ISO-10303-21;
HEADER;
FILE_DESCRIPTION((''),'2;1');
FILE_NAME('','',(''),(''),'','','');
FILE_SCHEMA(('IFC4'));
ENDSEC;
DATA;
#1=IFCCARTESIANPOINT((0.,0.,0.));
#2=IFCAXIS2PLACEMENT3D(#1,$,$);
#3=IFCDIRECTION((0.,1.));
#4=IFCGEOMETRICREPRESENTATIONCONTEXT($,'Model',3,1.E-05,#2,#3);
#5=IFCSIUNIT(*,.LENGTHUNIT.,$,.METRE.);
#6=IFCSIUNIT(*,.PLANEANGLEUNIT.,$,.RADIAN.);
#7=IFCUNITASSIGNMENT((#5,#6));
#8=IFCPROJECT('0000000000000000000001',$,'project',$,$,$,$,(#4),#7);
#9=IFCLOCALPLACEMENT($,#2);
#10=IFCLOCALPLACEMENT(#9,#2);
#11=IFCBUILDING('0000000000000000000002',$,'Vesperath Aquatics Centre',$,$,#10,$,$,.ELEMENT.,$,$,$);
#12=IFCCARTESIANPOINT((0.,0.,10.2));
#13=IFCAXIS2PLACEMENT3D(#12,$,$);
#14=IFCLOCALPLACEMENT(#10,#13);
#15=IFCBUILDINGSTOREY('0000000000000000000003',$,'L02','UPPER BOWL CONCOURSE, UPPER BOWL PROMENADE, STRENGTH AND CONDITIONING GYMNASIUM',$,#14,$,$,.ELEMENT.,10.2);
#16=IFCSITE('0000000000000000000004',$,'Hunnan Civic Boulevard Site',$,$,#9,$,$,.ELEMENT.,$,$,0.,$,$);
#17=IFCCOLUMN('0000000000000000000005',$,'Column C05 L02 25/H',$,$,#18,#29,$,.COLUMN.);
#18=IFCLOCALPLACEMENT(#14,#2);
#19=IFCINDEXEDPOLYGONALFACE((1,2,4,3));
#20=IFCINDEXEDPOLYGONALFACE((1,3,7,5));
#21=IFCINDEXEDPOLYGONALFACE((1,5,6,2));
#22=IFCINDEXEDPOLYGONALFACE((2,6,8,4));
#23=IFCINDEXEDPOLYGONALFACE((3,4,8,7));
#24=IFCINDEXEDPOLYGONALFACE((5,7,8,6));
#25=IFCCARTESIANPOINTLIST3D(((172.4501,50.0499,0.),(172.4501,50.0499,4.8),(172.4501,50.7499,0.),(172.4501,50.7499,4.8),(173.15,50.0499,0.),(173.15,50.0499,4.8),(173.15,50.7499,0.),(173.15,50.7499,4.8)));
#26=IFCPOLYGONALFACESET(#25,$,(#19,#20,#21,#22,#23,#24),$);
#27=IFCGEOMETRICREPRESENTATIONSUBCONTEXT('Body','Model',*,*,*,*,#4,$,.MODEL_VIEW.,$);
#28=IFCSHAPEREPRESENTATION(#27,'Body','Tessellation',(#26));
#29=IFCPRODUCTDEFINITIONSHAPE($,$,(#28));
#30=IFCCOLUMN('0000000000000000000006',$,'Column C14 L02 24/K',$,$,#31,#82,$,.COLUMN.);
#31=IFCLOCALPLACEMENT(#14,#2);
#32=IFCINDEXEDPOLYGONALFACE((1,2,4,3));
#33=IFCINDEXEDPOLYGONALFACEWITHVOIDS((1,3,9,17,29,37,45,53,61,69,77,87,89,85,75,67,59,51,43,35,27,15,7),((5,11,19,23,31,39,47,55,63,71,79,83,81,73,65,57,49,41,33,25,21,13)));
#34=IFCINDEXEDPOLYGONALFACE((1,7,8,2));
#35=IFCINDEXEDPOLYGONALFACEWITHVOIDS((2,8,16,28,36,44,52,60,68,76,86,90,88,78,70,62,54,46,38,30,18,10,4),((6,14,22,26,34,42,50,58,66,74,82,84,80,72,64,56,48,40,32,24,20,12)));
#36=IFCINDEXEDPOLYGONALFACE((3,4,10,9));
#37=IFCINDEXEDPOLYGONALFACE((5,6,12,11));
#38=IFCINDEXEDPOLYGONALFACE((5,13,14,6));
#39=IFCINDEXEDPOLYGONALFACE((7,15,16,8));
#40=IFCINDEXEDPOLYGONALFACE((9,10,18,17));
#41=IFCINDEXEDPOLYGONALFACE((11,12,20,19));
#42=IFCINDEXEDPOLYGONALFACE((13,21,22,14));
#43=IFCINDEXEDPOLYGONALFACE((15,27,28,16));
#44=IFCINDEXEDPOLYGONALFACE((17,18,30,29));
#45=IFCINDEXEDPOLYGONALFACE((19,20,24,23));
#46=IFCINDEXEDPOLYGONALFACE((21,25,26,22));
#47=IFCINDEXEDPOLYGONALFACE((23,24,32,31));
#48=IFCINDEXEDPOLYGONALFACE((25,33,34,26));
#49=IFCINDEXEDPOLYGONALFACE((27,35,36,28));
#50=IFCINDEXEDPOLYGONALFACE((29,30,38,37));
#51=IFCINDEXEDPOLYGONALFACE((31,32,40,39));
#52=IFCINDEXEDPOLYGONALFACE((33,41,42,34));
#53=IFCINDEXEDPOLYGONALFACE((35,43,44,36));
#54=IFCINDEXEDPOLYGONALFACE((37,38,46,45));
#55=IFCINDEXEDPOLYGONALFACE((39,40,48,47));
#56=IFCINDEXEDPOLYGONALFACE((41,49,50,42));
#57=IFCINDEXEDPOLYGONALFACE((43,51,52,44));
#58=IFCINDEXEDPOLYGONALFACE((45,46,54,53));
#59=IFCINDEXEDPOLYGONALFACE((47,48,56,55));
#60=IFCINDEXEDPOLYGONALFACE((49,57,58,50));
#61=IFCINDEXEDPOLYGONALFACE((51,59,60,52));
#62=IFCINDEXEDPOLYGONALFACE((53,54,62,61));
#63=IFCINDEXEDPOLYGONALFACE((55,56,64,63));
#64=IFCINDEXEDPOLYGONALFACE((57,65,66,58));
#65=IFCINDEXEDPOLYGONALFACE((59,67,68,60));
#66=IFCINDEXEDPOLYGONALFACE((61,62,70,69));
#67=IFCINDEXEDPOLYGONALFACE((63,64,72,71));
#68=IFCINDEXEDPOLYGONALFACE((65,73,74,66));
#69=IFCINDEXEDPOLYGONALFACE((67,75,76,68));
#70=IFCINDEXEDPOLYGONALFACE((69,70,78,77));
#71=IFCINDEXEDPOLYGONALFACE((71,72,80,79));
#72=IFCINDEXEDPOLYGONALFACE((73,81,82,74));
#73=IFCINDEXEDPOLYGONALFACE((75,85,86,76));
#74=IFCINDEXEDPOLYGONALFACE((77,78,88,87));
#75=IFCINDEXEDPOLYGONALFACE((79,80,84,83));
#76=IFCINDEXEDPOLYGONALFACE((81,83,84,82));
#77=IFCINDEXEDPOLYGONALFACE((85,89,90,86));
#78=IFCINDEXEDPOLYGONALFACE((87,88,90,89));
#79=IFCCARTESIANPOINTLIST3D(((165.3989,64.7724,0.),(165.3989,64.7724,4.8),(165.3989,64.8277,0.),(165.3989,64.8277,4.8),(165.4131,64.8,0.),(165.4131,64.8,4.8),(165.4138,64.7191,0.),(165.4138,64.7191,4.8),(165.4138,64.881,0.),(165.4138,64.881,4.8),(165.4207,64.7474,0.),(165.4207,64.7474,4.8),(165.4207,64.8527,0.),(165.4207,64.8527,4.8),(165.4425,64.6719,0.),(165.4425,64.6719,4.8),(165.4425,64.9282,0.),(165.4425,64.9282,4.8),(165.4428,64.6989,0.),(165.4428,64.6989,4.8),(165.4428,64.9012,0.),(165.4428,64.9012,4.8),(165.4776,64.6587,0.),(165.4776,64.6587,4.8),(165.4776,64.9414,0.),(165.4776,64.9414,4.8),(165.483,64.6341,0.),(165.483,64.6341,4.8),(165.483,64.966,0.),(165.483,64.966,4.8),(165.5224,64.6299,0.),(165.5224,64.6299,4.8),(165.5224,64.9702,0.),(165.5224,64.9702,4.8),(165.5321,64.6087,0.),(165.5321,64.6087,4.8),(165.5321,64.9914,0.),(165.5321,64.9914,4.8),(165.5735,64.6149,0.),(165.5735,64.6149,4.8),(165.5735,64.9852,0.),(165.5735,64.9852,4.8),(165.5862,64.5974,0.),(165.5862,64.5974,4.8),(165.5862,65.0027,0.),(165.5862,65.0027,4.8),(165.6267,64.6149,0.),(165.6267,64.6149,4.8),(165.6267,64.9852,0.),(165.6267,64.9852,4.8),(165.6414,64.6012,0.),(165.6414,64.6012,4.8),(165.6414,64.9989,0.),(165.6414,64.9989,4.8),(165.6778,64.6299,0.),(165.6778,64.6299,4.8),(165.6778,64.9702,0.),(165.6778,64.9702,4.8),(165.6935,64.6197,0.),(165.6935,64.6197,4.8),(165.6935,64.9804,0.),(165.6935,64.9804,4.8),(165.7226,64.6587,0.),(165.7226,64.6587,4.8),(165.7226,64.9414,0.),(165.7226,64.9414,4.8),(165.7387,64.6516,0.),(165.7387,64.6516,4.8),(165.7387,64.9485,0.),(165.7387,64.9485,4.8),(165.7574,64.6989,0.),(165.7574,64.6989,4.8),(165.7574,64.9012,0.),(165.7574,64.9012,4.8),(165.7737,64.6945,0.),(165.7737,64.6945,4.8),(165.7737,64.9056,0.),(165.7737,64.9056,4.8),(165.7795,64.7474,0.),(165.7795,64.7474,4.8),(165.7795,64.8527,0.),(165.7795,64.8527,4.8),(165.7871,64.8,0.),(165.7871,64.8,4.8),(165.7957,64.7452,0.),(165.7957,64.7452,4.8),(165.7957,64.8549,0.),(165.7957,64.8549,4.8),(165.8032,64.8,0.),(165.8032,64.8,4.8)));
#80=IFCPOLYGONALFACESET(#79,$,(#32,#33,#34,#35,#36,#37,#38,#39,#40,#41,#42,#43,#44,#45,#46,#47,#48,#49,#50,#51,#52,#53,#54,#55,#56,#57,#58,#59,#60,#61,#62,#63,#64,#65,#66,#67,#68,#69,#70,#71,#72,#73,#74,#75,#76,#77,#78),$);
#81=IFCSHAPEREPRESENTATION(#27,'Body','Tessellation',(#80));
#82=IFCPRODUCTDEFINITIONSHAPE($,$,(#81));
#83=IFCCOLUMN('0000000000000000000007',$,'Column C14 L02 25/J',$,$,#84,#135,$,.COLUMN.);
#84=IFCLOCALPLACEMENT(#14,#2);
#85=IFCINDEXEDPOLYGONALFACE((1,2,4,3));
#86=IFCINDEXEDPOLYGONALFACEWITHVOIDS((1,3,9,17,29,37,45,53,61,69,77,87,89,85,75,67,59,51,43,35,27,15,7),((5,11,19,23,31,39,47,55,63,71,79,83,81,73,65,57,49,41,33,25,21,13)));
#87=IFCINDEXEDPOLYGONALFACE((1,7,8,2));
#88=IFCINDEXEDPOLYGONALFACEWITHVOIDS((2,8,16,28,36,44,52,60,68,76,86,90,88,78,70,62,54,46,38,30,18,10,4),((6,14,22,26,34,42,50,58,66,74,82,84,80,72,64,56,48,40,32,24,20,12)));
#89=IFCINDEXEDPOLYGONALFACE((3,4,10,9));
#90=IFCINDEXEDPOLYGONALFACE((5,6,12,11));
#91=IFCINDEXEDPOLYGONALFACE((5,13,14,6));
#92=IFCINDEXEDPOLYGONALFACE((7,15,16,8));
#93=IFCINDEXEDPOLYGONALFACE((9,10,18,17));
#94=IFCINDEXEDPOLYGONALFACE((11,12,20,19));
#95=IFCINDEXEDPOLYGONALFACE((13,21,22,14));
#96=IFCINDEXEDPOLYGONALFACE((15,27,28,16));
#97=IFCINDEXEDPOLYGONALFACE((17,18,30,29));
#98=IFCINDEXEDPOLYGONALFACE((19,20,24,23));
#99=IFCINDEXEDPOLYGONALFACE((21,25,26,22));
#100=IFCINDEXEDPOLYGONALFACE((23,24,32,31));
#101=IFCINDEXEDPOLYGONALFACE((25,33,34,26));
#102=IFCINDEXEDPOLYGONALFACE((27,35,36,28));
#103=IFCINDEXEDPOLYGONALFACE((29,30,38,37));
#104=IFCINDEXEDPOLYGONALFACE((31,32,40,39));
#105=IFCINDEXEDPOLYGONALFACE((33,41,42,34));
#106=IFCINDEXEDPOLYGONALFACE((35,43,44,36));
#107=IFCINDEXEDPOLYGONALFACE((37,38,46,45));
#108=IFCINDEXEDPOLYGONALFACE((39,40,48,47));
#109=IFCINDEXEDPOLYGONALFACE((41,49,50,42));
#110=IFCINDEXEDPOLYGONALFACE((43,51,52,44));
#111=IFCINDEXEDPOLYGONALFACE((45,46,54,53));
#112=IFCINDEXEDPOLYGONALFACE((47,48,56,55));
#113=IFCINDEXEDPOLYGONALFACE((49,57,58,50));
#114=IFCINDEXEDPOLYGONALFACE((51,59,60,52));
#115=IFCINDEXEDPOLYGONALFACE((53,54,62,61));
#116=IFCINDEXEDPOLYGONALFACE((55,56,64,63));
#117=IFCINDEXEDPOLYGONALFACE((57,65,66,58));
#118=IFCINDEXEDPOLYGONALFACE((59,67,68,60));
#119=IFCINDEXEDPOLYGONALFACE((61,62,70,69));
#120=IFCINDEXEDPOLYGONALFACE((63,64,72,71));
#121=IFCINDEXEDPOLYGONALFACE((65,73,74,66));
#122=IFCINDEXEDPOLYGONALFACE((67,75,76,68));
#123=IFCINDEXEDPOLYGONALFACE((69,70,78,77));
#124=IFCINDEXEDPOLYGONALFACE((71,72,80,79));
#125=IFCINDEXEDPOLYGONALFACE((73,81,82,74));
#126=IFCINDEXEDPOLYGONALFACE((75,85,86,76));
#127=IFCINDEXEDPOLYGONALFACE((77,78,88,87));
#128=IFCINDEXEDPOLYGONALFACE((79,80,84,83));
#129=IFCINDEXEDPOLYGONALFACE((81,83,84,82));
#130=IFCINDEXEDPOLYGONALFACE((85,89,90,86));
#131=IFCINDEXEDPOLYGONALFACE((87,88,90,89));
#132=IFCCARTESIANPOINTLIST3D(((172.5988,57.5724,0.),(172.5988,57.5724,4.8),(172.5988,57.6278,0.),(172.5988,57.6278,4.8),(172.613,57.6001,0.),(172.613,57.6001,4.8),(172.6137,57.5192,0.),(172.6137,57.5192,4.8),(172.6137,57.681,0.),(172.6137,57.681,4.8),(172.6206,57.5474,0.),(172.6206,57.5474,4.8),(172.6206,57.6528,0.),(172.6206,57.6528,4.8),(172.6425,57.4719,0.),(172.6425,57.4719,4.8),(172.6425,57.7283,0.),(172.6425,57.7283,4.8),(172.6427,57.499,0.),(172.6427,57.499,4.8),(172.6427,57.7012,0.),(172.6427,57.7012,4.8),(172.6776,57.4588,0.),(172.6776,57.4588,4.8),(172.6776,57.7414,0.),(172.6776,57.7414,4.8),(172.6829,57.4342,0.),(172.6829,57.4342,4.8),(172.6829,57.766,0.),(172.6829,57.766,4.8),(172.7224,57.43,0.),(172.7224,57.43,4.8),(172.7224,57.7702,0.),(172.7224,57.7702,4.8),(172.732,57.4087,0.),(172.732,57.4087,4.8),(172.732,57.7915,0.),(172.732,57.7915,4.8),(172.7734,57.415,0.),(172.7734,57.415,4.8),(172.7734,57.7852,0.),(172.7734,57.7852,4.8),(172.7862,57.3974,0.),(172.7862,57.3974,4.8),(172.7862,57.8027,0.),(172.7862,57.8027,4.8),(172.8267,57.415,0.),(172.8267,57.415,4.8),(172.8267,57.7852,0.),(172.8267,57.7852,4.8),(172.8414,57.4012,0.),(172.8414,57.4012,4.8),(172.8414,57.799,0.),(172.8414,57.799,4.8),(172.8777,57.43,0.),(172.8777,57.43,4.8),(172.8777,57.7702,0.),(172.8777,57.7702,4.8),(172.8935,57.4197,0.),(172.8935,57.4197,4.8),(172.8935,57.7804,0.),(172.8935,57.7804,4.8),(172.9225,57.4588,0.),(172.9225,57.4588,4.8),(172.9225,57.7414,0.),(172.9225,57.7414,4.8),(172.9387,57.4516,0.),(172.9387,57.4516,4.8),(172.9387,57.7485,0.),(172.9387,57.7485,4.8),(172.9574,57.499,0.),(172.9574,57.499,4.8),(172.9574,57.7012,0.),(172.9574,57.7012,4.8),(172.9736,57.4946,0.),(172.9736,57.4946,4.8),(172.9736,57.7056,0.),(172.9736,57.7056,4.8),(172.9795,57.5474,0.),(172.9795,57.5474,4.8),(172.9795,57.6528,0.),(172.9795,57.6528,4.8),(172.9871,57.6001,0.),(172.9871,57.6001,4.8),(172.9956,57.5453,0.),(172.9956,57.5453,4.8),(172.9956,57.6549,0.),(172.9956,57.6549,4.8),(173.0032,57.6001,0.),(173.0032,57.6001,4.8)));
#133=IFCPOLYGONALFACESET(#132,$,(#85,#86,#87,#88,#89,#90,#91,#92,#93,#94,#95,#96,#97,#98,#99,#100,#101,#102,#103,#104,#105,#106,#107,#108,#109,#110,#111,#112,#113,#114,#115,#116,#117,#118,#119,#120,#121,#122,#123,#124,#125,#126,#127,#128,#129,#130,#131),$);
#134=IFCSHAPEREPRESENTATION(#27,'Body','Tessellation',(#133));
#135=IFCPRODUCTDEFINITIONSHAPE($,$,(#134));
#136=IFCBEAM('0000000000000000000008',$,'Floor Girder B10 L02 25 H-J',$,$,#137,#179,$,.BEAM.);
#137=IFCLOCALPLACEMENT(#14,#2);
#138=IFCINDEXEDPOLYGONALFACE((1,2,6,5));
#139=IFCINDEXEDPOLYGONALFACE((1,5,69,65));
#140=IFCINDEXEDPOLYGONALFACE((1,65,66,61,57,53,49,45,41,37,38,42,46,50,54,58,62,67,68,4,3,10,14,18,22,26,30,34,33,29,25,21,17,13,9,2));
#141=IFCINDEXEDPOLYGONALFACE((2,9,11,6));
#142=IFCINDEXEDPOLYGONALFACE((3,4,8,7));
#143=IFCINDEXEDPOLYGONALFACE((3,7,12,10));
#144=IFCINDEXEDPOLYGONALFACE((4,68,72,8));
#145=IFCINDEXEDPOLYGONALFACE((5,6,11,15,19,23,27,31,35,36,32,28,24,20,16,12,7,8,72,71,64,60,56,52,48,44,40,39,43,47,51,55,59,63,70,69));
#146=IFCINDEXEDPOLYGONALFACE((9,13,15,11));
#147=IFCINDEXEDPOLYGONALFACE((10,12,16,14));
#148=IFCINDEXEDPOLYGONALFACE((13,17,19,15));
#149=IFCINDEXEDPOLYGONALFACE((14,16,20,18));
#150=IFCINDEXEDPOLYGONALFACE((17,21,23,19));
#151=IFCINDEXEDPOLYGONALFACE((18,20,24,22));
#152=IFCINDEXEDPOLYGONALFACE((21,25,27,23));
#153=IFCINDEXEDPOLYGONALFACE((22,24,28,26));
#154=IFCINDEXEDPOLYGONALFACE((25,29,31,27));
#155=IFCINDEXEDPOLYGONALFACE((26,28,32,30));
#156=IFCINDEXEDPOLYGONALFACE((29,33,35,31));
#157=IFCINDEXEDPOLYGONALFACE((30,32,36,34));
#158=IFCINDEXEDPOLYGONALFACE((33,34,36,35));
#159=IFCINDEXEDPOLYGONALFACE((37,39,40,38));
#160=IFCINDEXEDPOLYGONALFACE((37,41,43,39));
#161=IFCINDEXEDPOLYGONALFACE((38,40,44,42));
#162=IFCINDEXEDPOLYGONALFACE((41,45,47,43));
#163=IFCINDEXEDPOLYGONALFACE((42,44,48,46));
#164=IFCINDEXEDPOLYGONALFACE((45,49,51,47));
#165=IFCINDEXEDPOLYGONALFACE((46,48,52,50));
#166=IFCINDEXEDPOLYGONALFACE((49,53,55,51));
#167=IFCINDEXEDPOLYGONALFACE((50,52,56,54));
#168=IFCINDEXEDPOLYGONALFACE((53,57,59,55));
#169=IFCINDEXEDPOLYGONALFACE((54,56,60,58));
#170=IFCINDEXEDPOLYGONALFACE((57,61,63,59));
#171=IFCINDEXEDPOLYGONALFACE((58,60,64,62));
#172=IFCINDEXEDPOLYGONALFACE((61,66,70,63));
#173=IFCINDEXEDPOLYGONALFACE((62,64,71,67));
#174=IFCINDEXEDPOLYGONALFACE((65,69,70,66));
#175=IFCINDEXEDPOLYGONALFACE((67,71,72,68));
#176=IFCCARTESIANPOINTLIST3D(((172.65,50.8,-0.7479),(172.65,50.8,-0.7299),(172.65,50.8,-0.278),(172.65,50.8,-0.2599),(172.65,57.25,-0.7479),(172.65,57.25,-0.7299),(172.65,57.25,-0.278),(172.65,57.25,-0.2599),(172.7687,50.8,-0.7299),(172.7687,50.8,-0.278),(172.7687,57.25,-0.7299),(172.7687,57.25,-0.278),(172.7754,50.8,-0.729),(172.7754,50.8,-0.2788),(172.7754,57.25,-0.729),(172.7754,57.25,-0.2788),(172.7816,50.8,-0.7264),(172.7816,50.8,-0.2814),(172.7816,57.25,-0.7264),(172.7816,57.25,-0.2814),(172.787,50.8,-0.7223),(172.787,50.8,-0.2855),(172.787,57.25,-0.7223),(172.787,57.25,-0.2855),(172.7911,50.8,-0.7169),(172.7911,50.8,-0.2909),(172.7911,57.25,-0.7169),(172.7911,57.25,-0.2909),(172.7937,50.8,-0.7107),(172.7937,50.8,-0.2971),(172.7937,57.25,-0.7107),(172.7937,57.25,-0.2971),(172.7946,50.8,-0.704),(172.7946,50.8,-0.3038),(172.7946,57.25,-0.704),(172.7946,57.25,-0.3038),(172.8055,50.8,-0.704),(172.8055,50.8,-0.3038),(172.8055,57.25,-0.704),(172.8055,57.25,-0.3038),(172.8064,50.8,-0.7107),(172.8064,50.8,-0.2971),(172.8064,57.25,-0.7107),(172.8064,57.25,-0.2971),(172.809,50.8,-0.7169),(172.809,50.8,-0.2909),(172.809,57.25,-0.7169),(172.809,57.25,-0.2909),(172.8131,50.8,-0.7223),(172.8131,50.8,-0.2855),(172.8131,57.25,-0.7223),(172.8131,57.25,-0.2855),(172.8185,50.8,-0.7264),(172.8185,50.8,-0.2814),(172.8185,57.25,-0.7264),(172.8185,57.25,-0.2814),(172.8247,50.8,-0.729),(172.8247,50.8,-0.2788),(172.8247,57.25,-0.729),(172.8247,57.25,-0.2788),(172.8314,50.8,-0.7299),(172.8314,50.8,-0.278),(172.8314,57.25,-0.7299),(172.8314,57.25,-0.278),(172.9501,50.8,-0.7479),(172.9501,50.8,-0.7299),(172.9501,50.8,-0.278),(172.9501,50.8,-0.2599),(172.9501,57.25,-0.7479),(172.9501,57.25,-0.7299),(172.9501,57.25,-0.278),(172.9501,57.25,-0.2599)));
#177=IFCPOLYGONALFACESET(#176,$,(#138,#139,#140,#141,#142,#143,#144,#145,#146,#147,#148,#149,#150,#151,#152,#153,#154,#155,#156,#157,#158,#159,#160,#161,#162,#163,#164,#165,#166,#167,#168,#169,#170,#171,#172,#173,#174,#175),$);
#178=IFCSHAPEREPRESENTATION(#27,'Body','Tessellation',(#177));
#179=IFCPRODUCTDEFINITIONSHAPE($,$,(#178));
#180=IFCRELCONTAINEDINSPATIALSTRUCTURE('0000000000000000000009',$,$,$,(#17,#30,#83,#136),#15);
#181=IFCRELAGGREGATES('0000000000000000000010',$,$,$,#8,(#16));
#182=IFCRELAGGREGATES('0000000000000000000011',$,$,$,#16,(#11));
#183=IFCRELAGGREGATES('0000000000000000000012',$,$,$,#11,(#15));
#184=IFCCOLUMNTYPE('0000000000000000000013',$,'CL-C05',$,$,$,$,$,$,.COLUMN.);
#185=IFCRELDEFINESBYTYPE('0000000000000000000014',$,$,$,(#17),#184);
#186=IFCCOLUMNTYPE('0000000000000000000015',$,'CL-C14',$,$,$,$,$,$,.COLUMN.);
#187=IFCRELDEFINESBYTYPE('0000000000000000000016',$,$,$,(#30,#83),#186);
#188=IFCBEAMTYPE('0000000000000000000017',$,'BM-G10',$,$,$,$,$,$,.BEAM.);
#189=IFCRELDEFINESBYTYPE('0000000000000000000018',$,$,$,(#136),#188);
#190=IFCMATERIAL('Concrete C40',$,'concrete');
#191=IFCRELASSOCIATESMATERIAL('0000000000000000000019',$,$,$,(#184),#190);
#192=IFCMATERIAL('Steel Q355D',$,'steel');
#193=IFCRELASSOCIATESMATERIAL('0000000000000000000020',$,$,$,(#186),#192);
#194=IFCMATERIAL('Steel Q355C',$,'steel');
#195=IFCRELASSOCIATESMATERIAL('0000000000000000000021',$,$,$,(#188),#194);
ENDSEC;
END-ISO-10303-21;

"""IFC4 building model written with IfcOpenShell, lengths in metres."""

from ifc_helpers import new_model, si_unit, direction, frame, origin, origin_2d, place, context, subcontext, project, spatial, rectangle, hollow_circle, i_section, extrude, material, material_profile, profile_set, type_object, element, save


model = new_model("IFC4")

# Units and contexts
model_context = context("Model", 3, precision=1e-05, world=origin(), true_north=direction((0.0, 1.0)))
body_context = subcontext(model_context, "Body", "Model", "MODEL_VIEW")
ifc_project = project(units=[si_unit("LENGTHUNIT", "METRE"), si_unit("PLANEANGLEUNIT", "RADIAN")], contexts=[model_context])

# Site, building, storey
site_placement = place(None, origin())
site = spatial("IfcSite", under=ifc_project, at=site_placement, Name="Hunnan Civic Boulevard Site", CompositionType="ELEMENT", RefElevation=0.0)
building_placement = place(site_placement, origin())
building = spatial("IfcBuilding", under=site, at=building_placement, Name="Vesperath Aquatics Centre", CompositionType="ELEMENT")
storey_placement = place(building_placement, frame((0.0, 0.0, 10.2)))
storey = spatial("IfcBuildingStorey", under=building, at=storey_placement, Name="L02", Description="UPPER BOWL CONCOURSE, UPPER BOWL PROMENADE, STRENGTH AND CONDITIONING GYMNASIUM", CompositionType="ELEMENT", Elevation=10.2)

# Columns
ifc_material_1 = material(Name="Concrete C40", Category="concrete")
ifc_material_profile_1 = material_profile(ifc_material_1, rectangle(XDim=0.7, YDim=0.7, at=origin_2d()), Name="RC 700x700")
ifc_profile_set_1 = profile_set([ifc_material_profile_1], Name="Concrete C40")
column_type_1 = type_object("IfcColumnType", Name="CL-C05", PredefinedType="COLUMN", material=ifc_profile_set_1)
column_placement = place(storey_placement, frame((172.8, 50.3999, 0.0), z_axis=(0.0, 0.0, 1.0), x_axis=(1.0, 0.0, 0.0)))
element("IfcColumn", 1, at=column_placement, inside=storey, type_object=column_type_1, Name="Column C05 L02 25/H", PredefinedType="COLUMN", context=body_context, shape_type="SweptSolid", body=[
    extrude(rectangle(XDim=0.7, YDim=0.7, at=origin_2d()), origin(), (0.0, 0.0, 1.0), 4.8),
])
ifc_material_2 = material(Name="Steel Q355D", Category="steel")
ifc_material_profile_2 = material_profile(ifc_material_2, hollow_circle(Radius=0.2031, WallThickness=0.0161, at=origin_2d()), Name="CHS 406.4x16")
ifc_profile_set_2 = profile_set([ifc_material_profile_2], Name="Steel Q355D")
column_type_2 = type_object("IfcColumnType", Name="CL-C14", PredefinedType="COLUMN", material=ifc_profile_set_2)
for number, where, z_axis, x_axis, name in (
    (2, (165.6001, 64.8, 0.0), (0.0, 0.0, 1.0), (1.0, 0.0, 0.0), "Column C14 L02 24/K"),
    (3, (172.8, 57.6001, 0.0), (0.0, 0.0, 1.0), (1.0, 0.0, 0.0), "Column C14 L02 25/J"),
):
    element("IfcColumn", number, at=place(storey_placement, frame(where, z_axis=z_axis, x_axis=x_axis)), inside=storey, type_object=column_type_2, Name=name, PredefinedType="COLUMN", context=body_context, shape_type="SweptSolid", body=[
        extrude(hollow_circle(Radius=0.2031, WallThickness=0.0161, at=origin_2d()), origin(), (0.0, 0.0, 1.0), 4.8),
    ])

# Beam
ifc_material_3 = material(Name="Steel Q355C", Category="steel")
ifc_material_profile_3 = material_profile(ifc_material_3, i_section(OverallWidth=0.3, OverallDepth=0.488, WebThickness=0.011, FlangeThickness=0.0181, FilletRadius=0.0259, at=origin_2d()), Name="HM 488x300x11x18")
ifc_profile_set_3 = profile_set([ifc_material_profile_3], Name="Steel Q355C")
beam_type_1 = type_object("IfcBeamType", Name="BM-G10", PredefinedType="BEAM", material=ifc_profile_set_3)
beam_1_placement = place(storey_placement, frame((172.8, 50.8, -0.5039), z_axis=(0.0, 1.0, 0.0), x_axis=(-1.0, 0.0, 0.0)))
element("IfcBeam", 4, at=beam_1_placement, inside=storey, type_object=beam_type_1, Name="Floor Girder B10 L02 25 H-J", PredefinedType="BEAM", context=body_context, shape_type="SweptSolid", body=[
    extrude(i_section(OverallWidth=0.3, OverallDepth=0.488, WebThickness=0.011, FlangeThickness=0.0181, FilletRadius=0.0259, at=origin_2d()), origin(), (0.0, 0.0, 1.0), 6.45),
])

save(model, "model.ifc")
